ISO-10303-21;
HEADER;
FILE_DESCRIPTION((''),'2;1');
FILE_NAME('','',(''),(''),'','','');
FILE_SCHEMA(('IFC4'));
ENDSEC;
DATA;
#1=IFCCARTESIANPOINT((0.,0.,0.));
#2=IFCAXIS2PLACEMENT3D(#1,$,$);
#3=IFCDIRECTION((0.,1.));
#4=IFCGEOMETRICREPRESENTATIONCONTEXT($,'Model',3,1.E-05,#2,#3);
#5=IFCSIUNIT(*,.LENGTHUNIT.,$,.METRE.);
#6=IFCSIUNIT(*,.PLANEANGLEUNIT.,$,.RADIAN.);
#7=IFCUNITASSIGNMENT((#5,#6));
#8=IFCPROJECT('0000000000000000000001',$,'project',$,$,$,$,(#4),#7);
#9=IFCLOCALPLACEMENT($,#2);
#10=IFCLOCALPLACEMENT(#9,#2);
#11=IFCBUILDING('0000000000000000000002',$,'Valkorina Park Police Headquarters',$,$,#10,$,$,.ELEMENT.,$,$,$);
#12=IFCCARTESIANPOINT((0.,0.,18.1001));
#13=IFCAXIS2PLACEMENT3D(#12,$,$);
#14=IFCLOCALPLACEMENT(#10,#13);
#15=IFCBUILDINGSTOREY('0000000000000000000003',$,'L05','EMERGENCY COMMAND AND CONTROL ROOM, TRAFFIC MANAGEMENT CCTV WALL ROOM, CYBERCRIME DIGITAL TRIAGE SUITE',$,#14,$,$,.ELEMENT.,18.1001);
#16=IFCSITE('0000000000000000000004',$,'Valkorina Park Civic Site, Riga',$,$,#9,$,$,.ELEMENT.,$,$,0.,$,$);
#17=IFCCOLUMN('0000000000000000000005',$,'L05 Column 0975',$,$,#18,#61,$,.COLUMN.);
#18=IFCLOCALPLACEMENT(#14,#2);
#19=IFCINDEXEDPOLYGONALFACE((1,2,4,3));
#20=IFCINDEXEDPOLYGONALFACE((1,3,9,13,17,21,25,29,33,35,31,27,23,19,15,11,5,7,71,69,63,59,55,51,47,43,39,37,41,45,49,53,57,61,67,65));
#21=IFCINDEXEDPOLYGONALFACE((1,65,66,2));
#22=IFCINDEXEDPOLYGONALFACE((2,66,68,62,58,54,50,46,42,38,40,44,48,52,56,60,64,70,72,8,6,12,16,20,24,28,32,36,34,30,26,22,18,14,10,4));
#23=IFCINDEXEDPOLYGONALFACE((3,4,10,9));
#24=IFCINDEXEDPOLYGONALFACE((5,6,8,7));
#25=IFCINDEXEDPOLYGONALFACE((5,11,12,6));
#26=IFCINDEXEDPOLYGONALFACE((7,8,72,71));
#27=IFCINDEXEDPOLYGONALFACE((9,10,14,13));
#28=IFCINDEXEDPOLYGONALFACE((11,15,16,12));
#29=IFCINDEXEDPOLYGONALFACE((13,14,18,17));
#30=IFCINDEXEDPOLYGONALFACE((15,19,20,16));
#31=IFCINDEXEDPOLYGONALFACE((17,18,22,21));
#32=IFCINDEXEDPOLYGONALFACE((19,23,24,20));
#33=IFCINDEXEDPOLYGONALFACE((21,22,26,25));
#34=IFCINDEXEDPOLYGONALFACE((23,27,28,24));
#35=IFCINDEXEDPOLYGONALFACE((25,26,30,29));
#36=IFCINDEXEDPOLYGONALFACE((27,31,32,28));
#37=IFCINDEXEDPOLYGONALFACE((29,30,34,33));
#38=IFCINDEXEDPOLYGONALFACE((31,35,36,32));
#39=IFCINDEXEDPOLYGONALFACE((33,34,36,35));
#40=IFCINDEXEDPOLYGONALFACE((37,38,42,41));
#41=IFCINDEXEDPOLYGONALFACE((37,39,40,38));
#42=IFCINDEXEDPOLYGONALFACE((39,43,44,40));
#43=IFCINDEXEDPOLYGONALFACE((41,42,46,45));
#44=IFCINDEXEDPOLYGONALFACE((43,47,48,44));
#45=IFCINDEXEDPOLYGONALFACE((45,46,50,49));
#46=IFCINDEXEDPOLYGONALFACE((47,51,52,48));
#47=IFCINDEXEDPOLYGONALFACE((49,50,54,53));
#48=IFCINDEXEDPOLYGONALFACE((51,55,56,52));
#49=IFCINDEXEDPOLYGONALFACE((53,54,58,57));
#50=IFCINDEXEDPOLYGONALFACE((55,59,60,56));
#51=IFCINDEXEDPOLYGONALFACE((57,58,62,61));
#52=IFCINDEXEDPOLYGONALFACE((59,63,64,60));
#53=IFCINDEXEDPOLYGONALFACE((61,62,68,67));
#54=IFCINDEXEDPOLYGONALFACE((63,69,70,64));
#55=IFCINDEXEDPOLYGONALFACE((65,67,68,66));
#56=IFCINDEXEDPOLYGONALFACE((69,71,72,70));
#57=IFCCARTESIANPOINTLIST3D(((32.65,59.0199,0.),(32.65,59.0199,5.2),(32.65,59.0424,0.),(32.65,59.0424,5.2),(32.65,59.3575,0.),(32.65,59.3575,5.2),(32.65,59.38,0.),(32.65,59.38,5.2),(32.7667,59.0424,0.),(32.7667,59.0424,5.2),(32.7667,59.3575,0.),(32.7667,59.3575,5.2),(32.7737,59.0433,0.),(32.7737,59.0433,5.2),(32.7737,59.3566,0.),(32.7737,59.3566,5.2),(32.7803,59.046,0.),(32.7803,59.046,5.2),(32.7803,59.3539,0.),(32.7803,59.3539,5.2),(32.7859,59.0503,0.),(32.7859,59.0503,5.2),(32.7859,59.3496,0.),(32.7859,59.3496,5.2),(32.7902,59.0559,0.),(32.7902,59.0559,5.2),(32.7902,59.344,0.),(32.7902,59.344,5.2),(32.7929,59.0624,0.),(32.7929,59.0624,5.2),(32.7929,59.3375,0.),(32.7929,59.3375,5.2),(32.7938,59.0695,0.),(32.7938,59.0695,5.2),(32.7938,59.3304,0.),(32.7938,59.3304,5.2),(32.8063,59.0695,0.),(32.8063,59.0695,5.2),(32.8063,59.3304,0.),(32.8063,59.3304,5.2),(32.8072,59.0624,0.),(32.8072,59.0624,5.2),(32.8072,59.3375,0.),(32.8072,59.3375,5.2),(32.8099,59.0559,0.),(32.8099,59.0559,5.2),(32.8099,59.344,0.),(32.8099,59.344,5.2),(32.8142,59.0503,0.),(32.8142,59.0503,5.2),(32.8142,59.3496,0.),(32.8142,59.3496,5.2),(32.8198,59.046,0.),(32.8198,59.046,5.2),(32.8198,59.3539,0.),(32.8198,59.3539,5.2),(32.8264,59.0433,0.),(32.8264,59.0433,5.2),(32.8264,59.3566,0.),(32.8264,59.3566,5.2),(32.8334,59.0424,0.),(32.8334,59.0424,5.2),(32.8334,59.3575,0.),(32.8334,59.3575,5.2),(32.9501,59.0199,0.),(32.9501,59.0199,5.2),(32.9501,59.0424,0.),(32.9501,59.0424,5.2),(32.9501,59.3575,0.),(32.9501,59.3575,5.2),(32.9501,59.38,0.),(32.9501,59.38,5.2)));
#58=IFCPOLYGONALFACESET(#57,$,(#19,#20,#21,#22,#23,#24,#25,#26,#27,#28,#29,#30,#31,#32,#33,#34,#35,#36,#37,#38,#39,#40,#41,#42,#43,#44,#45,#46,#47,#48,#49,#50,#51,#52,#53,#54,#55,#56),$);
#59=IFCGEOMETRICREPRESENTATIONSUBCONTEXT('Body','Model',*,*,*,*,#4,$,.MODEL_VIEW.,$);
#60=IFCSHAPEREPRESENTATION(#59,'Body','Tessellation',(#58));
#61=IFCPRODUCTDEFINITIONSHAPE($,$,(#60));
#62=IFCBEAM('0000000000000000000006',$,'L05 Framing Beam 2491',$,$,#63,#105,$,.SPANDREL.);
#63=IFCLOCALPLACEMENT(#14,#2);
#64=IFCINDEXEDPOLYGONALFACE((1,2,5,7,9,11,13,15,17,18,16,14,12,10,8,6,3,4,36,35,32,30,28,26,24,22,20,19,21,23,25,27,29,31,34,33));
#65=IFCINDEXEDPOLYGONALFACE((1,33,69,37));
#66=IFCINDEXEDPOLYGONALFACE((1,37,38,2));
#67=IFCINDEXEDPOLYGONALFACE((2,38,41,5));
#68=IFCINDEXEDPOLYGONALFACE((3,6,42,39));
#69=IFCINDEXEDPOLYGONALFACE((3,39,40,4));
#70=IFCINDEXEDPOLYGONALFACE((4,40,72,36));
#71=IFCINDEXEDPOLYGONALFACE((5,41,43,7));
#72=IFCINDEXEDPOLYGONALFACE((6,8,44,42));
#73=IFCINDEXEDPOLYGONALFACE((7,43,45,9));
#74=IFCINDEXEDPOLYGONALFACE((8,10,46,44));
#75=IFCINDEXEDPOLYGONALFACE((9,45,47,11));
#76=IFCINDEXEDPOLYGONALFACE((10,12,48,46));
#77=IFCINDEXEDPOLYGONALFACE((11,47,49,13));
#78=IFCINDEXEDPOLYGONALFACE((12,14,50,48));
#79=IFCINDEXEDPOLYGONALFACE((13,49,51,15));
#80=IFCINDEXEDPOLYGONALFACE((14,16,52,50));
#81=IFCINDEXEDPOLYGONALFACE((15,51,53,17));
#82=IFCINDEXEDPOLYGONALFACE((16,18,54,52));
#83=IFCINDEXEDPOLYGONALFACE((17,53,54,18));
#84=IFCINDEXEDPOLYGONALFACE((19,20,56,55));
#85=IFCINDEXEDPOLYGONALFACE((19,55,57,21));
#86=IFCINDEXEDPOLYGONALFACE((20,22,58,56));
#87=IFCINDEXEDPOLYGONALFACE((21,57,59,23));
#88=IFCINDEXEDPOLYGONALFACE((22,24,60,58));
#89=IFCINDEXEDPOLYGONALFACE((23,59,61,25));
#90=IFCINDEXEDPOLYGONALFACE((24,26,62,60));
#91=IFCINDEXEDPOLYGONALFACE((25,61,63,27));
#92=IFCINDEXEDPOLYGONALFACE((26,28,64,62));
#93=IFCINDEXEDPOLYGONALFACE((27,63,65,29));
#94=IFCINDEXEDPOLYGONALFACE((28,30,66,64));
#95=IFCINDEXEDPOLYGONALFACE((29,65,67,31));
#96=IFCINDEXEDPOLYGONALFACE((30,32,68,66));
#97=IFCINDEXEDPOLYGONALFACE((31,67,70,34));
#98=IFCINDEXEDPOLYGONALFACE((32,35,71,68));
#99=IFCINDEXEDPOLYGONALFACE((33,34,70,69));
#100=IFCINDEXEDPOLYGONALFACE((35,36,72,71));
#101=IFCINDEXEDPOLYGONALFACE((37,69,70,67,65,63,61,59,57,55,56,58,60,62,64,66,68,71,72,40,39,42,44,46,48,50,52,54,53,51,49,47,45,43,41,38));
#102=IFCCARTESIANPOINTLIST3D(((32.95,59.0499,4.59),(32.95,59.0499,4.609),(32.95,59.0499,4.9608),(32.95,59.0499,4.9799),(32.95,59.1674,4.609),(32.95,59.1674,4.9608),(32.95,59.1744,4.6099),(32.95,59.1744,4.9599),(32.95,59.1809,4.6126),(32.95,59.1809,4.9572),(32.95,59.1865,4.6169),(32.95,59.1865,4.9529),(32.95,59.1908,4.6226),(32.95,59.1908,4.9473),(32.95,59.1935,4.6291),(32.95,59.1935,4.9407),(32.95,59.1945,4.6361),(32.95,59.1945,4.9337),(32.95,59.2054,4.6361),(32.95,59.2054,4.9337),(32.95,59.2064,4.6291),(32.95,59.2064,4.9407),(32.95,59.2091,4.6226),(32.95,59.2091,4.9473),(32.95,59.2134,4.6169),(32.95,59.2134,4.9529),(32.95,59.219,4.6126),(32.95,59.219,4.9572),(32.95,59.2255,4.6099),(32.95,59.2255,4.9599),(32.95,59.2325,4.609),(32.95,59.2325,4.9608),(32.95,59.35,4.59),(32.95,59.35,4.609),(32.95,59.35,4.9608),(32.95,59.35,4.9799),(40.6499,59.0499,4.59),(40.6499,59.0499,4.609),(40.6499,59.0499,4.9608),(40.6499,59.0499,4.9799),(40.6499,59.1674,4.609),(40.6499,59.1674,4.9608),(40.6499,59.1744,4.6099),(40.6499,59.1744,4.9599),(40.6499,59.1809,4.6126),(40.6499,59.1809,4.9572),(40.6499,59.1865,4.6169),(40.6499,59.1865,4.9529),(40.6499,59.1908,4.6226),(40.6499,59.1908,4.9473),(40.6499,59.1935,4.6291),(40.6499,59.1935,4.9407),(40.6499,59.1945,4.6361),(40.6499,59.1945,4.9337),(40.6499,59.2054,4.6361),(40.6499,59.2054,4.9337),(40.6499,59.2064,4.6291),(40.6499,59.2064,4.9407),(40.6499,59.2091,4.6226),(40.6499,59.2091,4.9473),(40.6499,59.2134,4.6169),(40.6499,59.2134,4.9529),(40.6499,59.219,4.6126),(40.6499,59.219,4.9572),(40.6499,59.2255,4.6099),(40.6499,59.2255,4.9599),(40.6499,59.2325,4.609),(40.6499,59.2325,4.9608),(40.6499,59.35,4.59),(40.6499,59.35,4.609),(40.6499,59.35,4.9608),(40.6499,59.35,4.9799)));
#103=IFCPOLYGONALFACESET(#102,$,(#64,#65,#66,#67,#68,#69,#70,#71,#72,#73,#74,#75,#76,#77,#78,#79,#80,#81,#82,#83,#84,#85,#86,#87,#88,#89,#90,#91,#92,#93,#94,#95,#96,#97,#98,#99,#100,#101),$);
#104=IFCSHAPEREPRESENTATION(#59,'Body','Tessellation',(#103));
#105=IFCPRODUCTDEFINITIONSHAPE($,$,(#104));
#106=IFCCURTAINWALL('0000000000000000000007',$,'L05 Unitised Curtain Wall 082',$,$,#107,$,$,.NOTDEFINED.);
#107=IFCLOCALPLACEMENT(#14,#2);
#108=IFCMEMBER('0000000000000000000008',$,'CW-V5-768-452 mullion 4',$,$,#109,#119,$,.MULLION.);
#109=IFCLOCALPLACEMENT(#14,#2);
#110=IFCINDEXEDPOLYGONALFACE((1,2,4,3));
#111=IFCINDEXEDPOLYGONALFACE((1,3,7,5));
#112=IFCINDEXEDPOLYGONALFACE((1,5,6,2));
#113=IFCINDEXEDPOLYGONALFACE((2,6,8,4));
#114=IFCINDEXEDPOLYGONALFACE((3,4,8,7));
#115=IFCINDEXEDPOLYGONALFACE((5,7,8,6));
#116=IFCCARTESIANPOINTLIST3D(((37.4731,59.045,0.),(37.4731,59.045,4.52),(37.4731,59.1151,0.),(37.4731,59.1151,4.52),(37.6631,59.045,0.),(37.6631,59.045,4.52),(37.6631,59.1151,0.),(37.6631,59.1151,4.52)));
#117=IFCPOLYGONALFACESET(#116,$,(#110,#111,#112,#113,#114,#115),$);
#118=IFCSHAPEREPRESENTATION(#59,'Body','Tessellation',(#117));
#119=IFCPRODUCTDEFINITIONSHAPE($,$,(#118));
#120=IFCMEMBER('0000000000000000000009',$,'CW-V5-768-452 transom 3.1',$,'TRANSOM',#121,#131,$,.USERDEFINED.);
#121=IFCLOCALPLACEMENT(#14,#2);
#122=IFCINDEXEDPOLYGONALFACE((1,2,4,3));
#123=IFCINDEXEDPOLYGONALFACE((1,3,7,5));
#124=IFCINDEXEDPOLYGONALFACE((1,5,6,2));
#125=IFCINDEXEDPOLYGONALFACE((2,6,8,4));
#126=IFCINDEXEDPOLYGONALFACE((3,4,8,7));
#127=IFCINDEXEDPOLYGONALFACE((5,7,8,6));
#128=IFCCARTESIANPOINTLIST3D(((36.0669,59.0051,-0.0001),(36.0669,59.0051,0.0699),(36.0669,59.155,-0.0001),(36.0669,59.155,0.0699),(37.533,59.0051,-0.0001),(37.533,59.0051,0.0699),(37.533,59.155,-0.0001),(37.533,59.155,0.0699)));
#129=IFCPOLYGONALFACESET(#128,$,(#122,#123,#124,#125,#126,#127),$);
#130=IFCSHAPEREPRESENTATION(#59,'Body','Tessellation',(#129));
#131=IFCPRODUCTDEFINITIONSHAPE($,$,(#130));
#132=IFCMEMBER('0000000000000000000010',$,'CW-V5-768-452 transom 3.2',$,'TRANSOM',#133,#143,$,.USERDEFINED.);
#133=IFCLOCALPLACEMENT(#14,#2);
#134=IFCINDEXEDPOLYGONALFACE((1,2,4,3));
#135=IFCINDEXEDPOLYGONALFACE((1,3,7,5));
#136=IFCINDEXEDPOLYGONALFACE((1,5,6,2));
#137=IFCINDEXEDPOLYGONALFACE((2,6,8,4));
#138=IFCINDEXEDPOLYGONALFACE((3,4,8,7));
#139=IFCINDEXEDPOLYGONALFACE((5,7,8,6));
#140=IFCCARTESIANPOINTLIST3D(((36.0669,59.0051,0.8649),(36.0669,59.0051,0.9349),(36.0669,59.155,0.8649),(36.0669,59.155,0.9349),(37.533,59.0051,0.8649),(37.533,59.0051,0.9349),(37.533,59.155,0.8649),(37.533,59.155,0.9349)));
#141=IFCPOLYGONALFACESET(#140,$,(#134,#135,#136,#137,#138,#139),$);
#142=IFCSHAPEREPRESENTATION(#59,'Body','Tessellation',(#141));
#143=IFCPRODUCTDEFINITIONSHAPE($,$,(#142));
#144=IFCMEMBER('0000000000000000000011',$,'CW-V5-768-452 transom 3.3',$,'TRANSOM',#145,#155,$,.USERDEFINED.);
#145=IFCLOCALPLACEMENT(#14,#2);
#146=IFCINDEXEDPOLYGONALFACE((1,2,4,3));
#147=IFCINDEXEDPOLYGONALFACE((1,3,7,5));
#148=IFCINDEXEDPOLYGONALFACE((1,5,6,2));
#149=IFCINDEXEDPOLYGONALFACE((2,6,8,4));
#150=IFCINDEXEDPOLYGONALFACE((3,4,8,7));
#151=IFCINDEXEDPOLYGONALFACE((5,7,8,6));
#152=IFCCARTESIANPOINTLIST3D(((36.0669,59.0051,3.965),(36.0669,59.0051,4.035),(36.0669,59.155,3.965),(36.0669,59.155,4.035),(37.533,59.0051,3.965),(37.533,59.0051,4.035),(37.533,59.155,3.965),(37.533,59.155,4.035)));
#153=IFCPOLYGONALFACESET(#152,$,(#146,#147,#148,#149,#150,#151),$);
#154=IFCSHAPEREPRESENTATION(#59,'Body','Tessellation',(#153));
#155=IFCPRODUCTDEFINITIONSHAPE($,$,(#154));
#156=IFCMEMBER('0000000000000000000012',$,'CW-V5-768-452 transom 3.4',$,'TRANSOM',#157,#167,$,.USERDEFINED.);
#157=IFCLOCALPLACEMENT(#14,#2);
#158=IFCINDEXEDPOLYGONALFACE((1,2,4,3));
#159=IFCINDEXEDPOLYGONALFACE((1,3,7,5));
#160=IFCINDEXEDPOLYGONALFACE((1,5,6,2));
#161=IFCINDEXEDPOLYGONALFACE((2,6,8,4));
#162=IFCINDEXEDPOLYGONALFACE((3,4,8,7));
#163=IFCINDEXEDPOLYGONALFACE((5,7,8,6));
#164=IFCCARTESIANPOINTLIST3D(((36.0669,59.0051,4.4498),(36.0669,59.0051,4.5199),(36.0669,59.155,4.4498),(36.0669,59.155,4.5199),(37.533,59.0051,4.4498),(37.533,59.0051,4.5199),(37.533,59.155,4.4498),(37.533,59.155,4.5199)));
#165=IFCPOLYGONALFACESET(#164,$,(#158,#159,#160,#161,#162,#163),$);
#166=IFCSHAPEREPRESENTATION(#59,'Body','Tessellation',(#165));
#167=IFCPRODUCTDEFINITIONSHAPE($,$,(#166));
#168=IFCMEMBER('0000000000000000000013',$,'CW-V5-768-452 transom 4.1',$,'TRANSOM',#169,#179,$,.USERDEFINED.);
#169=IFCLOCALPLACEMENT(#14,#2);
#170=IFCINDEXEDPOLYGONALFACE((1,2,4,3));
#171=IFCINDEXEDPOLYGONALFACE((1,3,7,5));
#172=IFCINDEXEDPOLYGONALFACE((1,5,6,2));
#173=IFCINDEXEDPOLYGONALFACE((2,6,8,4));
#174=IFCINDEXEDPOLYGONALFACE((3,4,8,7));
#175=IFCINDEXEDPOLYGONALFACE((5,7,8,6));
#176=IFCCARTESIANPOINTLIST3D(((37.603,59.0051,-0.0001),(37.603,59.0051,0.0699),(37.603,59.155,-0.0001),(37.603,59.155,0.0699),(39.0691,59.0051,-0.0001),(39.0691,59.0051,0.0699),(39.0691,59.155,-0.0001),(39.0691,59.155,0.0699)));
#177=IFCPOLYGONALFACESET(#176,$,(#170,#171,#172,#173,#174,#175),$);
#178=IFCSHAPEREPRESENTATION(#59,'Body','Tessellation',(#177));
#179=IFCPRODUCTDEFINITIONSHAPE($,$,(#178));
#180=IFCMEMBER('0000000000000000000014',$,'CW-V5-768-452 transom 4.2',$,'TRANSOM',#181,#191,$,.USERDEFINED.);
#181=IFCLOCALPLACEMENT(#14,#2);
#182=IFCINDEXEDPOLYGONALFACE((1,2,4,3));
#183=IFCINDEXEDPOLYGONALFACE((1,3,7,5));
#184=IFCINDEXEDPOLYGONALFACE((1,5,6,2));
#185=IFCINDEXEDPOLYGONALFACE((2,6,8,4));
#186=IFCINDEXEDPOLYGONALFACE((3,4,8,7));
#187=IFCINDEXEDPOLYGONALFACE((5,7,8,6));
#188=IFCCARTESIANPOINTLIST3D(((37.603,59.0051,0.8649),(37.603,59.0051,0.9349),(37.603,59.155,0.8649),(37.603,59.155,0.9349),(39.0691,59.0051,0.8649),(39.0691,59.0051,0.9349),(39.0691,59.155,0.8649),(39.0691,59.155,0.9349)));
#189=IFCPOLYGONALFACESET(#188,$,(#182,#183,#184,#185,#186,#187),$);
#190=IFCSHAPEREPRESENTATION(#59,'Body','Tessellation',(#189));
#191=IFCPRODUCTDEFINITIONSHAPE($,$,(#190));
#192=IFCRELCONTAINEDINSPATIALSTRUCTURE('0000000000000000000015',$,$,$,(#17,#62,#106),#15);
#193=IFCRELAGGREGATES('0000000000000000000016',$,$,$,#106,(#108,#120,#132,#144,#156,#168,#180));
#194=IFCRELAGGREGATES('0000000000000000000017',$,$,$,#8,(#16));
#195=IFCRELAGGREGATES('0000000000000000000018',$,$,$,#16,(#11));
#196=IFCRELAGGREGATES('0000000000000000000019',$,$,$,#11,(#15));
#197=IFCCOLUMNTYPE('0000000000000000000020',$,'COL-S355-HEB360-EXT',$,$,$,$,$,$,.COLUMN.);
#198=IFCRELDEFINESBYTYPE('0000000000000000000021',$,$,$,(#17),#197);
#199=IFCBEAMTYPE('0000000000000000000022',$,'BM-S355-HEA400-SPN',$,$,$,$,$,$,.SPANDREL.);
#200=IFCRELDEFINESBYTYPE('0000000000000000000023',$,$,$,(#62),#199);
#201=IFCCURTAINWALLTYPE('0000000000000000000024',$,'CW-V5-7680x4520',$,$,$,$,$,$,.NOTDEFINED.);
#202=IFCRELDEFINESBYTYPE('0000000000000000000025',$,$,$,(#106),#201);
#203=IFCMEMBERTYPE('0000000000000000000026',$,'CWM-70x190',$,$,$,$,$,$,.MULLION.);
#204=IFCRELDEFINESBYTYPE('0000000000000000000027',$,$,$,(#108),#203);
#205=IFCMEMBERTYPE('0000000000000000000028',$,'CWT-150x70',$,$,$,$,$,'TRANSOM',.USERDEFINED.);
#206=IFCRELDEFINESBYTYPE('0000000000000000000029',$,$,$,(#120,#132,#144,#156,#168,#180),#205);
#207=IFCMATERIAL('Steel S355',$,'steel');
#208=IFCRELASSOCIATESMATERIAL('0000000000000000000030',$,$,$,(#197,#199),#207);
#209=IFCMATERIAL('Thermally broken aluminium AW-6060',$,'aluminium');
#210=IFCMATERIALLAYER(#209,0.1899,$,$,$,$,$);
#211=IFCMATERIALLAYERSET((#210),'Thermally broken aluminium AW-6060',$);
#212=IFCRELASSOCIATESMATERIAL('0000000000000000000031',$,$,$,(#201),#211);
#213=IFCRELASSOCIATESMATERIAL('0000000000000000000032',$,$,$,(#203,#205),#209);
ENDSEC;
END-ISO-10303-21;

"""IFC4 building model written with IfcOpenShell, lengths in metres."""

from ifc_helpers import new_model, si_unit, direction, frame, origin, origin_2d, place, context, subcontext, project, spatial, rectangle, i_section, extrude, material, layer, layer_set, material_profile, profile_set, type_object, element, aggregate, save


model = new_model("IFC4")

# Units and contexts
model_context = context("Model", 3, precision=1e-05, world=origin(), true_north=direction((0.0, 1.0)))
body_context = subcontext(model_context, "Body", "Model", "MODEL_VIEW")
ifc_project = project(units=[si_unit("LENGTHUNIT", "METRE"), si_unit("PLANEANGLEUNIT", "RADIAN")], contexts=[model_context])

# Site, building, storey
site_placement = place(None, origin())
site = spatial("IfcSite", under=ifc_project, at=site_placement, Name="Valkorina Park Civic Site, Riga", CompositionType="ELEMENT", RefElevation=0.0)
building_placement = place(site_placement, origin())
building = spatial("IfcBuilding", under=site, at=building_placement, Name="Valkorina Park Police Headquarters", CompositionType="ELEMENT")
storey_placement = place(building_placement, frame((0.0, 0.0, 18.1001)))
storey = spatial("IfcBuildingStorey", under=building, at=storey_placement, Name="L05", Description="EMERGENCY COMMAND AND CONTROL ROOM, TRAFFIC MANAGEMENT CCTV WALL ROOM, CYBERCRIME DIGITAL TRIAGE SUITE", CompositionType="ELEMENT", Elevation=18.1001)

# Column
ifc_material_1 = material(Name="Steel S355", Category="steel")
ifc_material_profile_1 = material_profile(ifc_material_1, i_section(OverallWidth=0.3, OverallDepth=0.3601, WebThickness=0.0125, FlangeThickness=0.0225, FilletRadius=0.0271, at=origin_2d()), Name="HEB 360")
ifc_profile_set_1 = profile_set([ifc_material_profile_1], Name="Steel S355")
column_type = type_object("IfcColumnType", Name="COL-S355-HEB360-EXT", PredefinedType="COLUMN", material=ifc_profile_set_1)
column_placement = place(storey_placement, frame((32.8, 59.2, 0.0), z_axis=(0.0, 0.0, 1.0), x_axis=(1.0, 0.0, 0.0)))
element("IfcColumn", 1, at=column_placement, inside=storey, type_object=column_type, Name="L05 Column 0975", PredefinedType="COLUMN", context=body_context, shape_type="SweptSolid", body=[
    extrude(i_section(OverallWidth=0.3, OverallDepth=0.3601, WebThickness=0.0125, FlangeThickness=0.0225, FilletRadius=0.0271, at=origin_2d()), origin(), (0.0, 0.0, 1.0), 5.2),
])

# Beam
ifc_material_profile_2 = material_profile(ifc_material_1, i_section(OverallWidth=0.3, OverallDepth=0.3899, WebThickness=0.011, FlangeThickness=0.019, FilletRadius=0.0271, at=origin_2d()), Name="HEA 400")
ifc_profile_set_2 = profile_set([ifc_material_profile_2], Name="Steel S355")
beam_type = type_object("IfcBeamType", Name="BM-S355-HEA400-SPN", PredefinedType="SPANDREL", material=ifc_profile_set_2)
beam_placement = place(storey_placement, frame((32.95, 59.2, 4.7849), z_axis=(1.0, 0.0, 0.0), x_axis=(0.0, 1.0, 0.0)))
element("IfcBeam", 2, at=beam_placement, inside=storey, type_object=beam_type, Name="L05 Framing Beam 2491", PredefinedType="SPANDREL", context=body_context, shape_type="SweptSolid", body=[
    extrude(i_section(OverallWidth=0.3, OverallDepth=0.3899, WebThickness=0.011, FlangeThickness=0.019, FilletRadius=0.0271, at=origin_2d()), origin(), (0.0, 0.0, 1.0), 7.7),
])

# Curtain wall, members
ifc_material_2 = material(Name="Thermally broken aluminium AW-6060", Category="aluminium")
ifc_layer_1 = layer(ifc_material_2, 0.1899)
ifc_layer_set_1 = layer_set([ifc_layer_1], Name="Thermally broken aluminium AW-6060")
curtain_wall_type = type_object("IfcCurtainWallType", Name="CW-V5-7680x4520", PredefinedType="NOTDEFINED", material=ifc_layer_set_1)
curtain_wall_placement = place(storey_placement, origin())
curtain_wall = element("IfcCurtainWall", 3, at=curtain_wall_placement, inside=storey, type_object=curtain_wall_type, Name="L05 Unitised Curtain Wall 082", PredefinedType="NOTDEFINED")
ifc_material_profile_3 = material_profile(ifc_material_2, rectangle(XDim=0.0701, YDim=0.1899, at=origin_2d()), Name="CWM-02 70x190")
ifc_profile_set_3 = profile_set([ifc_material_profile_3], Name="Thermally broken aluminium AW-6060")
member_type_1 = type_object("IfcMemberType", Name="CWM-70x190", PredefinedType="MULLION", material=ifc_profile_set_3)
member_1_placement = place(storey_placement, frame((37.5681, 59.0801, 0.0), z_axis=(0.0, 0.0, 1.0), x_axis=(0.0, 1.0, 0.0)))
member_1 = element("IfcMember", 4, at=member_1_placement, type_object=member_type_1, Name="CW-V5-768-452 mullion 4", PredefinedType="MULLION", context=body_context, shape_type="SweptSolid", body=[
    extrude(rectangle(XDim=0.0701, YDim=0.1899, at=origin_2d()), origin(), (0.0, 0.0, 1.0), 4.52),
])
ifc_material_profile_4 = material_profile(ifc_material_2, rectangle(XDim=0.1499, YDim=0.0701, at=origin_2d()), Name="CWT-02 150x70")
ifc_profile_set_4 = profile_set([ifc_material_profile_4], Name="Thermally broken aluminium AW-6060")
member_type_2 = type_object("IfcMemberType", Name="CWT-150x70", ElementType="TRANSOM", PredefinedType="USERDEFINED", material=ifc_profile_set_4)
member_2_placement = place(storey_placement, frame((36.0669, 59.0801, 0.0349), z_axis=(1.0, 0.0, 0.0), x_axis=(0.0, 1.0, 0.0)))
member_2 = element("IfcMember", 5, at=member_2_placement, type_object=member_type_2, Name="CW-V5-768-452 transom 3.1", ObjectType="TRANSOM", PredefinedType="USERDEFINED", context=body_context, shape_type="SweptSolid", body=[
    extrude(rectangle(XDim=0.1499, YDim=0.0701, at=origin_2d()), origin(), (0.0, 0.0, 1.0), 1.4661),
])
member_3_placement = place(storey_placement, frame((36.0669, 59.0801, 0.8999), z_axis=(1.0, 0.0, 0.0), x_axis=(0.0, 1.0, 0.0)))
member_3 = element("IfcMember", 6, at=member_3_placement, type_object=member_type_2, Name="CW-V5-768-452 transom 3.2", ObjectType="TRANSOM", PredefinedType="USERDEFINED", context=body_context, shape_type="SweptSolid", body=[
    extrude(rectangle(XDim=0.1499, YDim=0.0701, at=origin_2d()), origin(), (0.0, 0.0, 1.0), 1.4661),
])
member_4_placement = place(storey_placement, frame((36.0669, 59.0801, 4.0), z_axis=(1.0, 0.0, 0.0), x_axis=(0.0, 1.0, 0.0)))
member_4 = element("IfcMember", 7, at=member_4_placement, type_object=member_type_2, Name="CW-V5-768-452 transom 3.3", ObjectType="TRANSOM", PredefinedType="USERDEFINED", context=body_context, shape_type="SweptSolid", body=[
    extrude(rectangle(XDim=0.1499, YDim=0.0701, at=origin_2d()), origin(), (0.0, 0.0, 1.0), 1.4661),
])
member_5_placement = place(storey_placement, frame((36.0669, 59.0801, 4.4849), z_axis=(1.0, 0.0, 0.0), x_axis=(0.0, 1.0, 0.0)))
member_5 = element("IfcMember", 8, at=member_5_placement, type_object=member_type_2, Name="CW-V5-768-452 transom 3.4", ObjectType="TRANSOM", PredefinedType="USERDEFINED", context=body_context, shape_type="SweptSolid", body=[
    extrude(rectangle(XDim=0.1499, YDim=0.0701, at=origin_2d()), origin(), (0.0, 0.0, 1.0), 1.4661),
])
member_6_placement = place(storey_placement, frame((37.603, 59.0801, 0.0349), z_axis=(1.0, 0.0, 0.0), x_axis=(0.0, 1.0, 0.0)))
member_6 = element("IfcMember", 9, at=member_6_placement, type_object=member_type_2, Name="CW-V5-768-452 transom 4.1", ObjectType="TRANSOM", PredefinedType="USERDEFINED", context=body_context, shape_type="SweptSolid", body=[
    extrude(rectangle(XDim=0.1499, YDim=0.0701, at=origin_2d()), origin(), (0.0, 0.0, 1.0), 1.4661),
])
member_7_placement = place(storey_placement, frame((37.603, 59.0801, 0.8999), z_axis=(1.0, 0.0, 0.0), x_axis=(0.0, 1.0, 0.0)))
member_7 = element("IfcMember", 10, at=member_7_placement, type_object=member_type_2, Name="CW-V5-768-452 transom 4.2", ObjectType="TRANSOM", PredefinedType="USERDEFINED", context=body_context, shape_type="SweptSolid", body=[
    extrude(rectangle(XDim=0.1499, YDim=0.0701, at=origin_2d()), origin(), (0.0, 0.0, 1.0), 1.4661),
])
aggregate(curtain_wall, [member_1, member_2, member_3, member_4, member_5, member_6, member_7])

save(model, "model.ifc")
